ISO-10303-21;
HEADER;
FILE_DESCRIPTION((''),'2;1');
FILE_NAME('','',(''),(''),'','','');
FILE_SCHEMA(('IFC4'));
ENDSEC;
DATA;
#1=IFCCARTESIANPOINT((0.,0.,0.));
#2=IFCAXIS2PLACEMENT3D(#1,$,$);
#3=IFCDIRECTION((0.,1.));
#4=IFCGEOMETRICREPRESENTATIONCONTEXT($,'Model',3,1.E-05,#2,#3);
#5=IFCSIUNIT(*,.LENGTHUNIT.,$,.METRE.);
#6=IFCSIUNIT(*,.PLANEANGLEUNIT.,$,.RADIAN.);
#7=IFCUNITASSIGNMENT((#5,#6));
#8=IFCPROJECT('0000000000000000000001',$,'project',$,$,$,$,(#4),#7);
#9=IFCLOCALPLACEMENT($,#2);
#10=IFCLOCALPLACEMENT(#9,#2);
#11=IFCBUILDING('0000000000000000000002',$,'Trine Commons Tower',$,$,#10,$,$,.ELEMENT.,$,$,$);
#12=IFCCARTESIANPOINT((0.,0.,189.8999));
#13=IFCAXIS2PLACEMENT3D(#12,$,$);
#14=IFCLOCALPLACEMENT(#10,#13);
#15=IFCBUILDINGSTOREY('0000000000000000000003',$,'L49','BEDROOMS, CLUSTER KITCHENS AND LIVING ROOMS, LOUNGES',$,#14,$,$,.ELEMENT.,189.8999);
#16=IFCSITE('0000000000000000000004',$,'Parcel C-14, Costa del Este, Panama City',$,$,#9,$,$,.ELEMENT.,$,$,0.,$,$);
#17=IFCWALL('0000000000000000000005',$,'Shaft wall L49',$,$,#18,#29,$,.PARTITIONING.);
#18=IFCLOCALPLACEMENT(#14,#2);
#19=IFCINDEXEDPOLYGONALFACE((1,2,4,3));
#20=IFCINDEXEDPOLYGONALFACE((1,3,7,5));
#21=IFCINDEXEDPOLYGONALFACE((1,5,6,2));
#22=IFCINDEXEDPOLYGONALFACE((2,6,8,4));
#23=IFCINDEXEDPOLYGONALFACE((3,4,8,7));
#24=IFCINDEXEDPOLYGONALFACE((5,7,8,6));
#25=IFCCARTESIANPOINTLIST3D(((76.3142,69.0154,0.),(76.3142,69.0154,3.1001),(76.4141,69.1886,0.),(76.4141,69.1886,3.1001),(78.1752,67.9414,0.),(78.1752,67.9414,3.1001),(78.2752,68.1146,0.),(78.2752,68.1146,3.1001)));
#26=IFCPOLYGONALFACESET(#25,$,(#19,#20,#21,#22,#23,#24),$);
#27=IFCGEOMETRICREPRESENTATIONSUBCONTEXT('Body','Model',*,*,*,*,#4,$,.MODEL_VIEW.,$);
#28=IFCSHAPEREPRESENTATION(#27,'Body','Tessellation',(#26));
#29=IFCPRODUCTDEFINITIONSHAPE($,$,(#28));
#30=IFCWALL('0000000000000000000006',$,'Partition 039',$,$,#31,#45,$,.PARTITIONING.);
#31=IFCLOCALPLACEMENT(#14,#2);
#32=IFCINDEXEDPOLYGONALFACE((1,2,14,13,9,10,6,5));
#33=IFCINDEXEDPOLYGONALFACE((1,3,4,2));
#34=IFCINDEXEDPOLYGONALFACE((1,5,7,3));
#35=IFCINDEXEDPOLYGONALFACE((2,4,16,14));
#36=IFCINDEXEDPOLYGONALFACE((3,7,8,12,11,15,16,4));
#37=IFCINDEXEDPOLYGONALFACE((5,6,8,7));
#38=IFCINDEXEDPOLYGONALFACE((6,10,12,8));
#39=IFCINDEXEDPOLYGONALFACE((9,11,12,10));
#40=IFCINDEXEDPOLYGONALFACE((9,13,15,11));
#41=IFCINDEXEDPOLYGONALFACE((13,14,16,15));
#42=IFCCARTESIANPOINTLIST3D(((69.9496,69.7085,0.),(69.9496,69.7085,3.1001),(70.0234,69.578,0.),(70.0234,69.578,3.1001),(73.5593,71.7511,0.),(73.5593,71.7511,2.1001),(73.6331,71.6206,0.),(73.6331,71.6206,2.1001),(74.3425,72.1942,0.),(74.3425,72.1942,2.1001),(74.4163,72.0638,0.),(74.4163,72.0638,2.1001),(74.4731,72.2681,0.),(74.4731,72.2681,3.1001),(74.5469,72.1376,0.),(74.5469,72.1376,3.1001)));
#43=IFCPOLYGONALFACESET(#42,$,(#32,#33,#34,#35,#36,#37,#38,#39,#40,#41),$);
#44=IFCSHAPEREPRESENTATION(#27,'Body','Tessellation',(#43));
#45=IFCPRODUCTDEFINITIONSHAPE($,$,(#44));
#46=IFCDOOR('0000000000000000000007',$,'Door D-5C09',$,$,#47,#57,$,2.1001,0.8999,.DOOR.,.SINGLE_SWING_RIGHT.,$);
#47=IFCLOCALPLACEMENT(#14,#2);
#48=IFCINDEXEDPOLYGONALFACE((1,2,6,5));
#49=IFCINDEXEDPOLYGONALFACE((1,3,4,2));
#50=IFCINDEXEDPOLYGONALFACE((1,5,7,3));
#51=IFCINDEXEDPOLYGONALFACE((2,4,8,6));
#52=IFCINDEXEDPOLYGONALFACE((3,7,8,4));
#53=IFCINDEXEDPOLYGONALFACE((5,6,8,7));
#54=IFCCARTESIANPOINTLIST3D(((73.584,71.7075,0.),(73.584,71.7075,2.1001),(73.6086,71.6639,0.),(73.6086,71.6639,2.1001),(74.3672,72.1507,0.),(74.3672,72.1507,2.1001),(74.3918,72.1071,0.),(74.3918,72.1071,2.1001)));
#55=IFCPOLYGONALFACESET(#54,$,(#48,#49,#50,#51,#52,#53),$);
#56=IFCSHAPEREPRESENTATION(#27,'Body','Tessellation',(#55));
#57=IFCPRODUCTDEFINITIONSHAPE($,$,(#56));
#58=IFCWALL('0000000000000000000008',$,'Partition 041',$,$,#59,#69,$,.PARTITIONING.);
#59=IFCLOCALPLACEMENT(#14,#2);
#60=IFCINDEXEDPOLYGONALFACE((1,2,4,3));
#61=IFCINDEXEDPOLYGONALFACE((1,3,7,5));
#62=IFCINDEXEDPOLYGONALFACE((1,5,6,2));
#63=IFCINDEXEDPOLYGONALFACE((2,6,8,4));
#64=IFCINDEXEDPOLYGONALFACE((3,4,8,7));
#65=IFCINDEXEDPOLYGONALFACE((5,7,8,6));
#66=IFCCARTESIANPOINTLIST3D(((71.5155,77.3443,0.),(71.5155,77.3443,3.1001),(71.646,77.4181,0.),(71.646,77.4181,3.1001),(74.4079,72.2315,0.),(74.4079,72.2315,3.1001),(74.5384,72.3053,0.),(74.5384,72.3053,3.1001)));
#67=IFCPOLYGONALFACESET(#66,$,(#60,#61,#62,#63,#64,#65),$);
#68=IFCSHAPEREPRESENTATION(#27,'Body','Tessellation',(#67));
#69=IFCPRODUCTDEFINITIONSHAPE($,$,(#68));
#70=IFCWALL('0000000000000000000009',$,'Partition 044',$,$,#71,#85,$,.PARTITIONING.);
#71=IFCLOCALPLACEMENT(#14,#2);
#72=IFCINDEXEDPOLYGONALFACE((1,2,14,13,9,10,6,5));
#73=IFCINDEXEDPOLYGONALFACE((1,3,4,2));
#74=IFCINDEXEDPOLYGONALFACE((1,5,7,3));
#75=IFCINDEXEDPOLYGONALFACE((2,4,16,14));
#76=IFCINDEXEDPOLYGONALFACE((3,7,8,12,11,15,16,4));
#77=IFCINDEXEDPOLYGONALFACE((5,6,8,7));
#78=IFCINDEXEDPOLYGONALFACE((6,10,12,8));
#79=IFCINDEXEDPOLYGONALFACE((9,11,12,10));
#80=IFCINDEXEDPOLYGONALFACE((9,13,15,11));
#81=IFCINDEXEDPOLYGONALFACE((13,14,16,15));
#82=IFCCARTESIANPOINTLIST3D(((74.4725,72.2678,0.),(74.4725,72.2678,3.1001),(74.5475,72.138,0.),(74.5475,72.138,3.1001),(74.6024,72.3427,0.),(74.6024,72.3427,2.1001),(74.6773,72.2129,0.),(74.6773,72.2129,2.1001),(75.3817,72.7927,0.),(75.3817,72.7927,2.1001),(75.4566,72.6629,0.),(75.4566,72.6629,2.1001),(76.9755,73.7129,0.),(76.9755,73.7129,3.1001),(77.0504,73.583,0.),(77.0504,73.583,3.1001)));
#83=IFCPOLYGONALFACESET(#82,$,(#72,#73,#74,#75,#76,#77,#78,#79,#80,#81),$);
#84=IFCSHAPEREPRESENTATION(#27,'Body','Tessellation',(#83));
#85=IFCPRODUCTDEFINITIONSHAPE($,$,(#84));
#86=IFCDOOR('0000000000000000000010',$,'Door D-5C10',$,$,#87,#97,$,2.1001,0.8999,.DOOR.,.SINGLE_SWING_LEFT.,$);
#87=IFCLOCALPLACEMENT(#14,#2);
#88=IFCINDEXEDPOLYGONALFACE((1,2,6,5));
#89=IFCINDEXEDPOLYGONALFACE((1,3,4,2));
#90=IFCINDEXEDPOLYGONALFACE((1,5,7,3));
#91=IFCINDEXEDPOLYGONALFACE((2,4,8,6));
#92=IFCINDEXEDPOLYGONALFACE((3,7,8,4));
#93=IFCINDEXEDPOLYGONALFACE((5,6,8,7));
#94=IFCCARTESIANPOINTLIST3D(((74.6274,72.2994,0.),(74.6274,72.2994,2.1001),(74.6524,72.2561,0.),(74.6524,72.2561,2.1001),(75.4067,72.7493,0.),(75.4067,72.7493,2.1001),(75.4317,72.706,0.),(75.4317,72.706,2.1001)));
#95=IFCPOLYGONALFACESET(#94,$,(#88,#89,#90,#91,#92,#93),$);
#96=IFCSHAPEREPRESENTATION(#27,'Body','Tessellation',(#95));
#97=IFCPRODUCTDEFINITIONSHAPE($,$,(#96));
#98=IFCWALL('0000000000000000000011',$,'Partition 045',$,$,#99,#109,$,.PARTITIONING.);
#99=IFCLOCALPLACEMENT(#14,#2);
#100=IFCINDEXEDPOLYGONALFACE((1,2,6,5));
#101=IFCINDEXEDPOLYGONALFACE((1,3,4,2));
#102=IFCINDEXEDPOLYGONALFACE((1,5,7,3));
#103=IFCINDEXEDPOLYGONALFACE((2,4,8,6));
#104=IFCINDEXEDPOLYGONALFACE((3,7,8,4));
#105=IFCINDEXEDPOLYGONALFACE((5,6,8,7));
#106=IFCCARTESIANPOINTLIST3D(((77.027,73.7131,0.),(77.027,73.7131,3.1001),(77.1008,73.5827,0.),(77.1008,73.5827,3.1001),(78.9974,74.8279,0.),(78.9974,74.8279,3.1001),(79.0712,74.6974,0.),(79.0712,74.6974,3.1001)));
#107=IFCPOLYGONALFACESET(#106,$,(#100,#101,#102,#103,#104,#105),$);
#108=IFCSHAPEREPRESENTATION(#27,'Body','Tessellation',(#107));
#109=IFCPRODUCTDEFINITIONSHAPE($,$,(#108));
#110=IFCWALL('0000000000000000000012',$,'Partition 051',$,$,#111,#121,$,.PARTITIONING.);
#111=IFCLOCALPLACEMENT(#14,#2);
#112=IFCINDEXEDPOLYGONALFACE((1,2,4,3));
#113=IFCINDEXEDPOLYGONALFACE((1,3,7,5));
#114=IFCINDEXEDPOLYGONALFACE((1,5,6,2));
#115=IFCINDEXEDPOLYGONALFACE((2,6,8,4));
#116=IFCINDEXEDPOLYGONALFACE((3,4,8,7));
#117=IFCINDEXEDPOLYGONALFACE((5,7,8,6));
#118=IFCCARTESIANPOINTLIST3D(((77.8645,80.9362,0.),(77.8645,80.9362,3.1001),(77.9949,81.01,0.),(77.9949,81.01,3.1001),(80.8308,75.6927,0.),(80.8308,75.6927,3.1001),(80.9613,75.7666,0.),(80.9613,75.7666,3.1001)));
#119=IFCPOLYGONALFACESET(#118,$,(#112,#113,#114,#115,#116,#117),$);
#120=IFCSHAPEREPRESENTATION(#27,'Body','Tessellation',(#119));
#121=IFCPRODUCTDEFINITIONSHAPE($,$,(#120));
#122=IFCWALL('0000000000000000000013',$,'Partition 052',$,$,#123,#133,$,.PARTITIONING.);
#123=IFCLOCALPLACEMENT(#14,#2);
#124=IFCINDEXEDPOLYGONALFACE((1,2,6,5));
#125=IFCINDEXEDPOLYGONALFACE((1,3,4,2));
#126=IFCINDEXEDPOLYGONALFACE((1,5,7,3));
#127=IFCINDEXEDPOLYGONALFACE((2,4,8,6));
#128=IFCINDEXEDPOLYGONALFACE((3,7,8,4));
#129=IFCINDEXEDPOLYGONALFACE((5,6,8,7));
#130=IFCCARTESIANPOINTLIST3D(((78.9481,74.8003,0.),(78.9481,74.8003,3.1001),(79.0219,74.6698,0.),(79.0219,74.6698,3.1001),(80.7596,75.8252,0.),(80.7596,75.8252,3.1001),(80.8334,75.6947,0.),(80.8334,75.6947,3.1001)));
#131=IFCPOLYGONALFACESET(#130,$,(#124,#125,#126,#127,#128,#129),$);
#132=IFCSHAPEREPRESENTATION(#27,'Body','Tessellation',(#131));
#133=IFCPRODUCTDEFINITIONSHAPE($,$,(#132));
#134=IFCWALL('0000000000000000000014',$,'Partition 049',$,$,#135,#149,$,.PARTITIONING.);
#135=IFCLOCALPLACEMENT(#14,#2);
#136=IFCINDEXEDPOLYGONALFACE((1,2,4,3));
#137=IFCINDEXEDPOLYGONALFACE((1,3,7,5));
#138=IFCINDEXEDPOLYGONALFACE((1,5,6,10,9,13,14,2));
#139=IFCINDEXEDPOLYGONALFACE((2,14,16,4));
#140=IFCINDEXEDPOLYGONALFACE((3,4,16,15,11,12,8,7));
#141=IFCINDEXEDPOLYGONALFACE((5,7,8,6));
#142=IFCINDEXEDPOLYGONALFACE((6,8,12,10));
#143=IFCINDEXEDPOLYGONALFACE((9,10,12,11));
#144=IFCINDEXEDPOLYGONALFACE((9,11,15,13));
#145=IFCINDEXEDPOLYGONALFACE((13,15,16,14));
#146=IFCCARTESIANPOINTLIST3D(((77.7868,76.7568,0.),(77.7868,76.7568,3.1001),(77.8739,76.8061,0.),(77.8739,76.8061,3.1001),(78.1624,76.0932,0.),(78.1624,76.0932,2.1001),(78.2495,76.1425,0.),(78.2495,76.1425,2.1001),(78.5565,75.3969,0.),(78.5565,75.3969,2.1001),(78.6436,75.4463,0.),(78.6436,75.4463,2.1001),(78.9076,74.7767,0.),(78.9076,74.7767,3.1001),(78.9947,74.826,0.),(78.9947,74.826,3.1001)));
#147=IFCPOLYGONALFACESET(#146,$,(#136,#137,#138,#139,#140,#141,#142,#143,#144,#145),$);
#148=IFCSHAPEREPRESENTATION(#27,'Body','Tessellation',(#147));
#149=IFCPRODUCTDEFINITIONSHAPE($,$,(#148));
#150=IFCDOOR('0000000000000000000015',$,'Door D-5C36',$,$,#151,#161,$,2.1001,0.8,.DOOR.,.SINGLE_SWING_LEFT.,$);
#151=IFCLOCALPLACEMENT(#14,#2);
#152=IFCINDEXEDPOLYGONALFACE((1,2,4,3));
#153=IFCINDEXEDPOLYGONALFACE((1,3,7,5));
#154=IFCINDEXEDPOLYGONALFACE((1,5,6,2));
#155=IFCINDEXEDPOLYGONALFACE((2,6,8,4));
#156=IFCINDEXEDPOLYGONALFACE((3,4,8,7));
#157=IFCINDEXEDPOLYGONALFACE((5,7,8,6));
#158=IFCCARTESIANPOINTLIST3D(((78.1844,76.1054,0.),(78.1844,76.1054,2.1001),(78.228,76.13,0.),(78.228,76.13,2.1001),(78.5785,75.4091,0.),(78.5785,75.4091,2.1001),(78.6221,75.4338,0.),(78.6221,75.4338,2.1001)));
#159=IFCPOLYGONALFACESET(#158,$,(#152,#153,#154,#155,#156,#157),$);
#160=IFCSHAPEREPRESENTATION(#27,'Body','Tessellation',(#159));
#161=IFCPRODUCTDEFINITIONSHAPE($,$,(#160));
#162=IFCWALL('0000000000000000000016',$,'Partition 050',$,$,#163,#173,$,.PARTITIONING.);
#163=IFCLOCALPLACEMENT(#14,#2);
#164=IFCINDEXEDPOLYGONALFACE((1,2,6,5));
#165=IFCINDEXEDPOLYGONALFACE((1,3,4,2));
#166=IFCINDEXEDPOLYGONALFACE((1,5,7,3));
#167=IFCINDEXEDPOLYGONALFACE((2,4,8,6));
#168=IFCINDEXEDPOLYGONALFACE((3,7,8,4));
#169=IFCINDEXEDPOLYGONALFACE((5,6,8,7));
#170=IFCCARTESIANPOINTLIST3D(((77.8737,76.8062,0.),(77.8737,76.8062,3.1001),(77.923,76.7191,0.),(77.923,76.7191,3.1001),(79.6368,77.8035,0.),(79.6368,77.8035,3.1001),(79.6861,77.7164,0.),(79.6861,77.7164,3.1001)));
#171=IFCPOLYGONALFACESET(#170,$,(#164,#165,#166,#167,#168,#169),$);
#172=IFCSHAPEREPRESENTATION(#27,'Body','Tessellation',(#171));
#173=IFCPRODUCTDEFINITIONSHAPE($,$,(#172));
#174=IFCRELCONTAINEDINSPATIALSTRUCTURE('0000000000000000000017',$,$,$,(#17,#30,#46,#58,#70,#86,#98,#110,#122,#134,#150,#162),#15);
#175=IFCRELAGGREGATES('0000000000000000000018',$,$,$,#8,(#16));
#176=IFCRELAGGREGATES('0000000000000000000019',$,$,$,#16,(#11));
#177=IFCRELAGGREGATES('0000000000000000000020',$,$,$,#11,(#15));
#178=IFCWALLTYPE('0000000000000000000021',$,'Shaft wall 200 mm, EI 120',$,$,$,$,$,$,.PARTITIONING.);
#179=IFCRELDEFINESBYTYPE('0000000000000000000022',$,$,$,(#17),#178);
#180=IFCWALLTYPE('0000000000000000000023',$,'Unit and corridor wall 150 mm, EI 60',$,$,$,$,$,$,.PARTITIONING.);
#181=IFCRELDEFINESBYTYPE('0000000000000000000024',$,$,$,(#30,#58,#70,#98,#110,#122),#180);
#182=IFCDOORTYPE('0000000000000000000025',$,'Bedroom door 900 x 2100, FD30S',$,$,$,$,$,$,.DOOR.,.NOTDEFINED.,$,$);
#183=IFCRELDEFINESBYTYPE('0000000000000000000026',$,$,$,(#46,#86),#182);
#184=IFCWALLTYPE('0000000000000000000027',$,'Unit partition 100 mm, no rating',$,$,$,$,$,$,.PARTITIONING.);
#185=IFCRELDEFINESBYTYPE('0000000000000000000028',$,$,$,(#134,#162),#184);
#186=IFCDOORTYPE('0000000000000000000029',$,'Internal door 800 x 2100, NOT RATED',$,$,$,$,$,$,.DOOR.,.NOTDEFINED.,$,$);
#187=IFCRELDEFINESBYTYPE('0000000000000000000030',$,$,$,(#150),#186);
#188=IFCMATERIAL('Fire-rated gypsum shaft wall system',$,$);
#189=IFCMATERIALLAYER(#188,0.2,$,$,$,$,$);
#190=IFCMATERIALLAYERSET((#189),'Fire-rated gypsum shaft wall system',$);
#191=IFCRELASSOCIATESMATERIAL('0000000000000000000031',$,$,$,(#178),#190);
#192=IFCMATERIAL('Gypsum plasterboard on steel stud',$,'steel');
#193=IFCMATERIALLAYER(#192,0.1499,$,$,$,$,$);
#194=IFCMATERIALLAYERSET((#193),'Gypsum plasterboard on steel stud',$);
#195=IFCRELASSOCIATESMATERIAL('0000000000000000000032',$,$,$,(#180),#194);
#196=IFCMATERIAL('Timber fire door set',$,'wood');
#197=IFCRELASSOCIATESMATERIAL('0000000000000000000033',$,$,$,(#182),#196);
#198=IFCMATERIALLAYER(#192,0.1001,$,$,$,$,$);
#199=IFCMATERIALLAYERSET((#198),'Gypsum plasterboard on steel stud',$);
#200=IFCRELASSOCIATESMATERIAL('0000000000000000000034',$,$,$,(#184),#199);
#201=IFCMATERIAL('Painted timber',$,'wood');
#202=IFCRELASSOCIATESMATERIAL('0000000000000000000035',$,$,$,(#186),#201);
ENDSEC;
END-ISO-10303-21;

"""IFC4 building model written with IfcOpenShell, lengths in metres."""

from ifc_helpers import new_model, si_unit, direction, frame, frame_2d, origin, place, context, subcontext, project, spatial, rectangle, extrude, material, layer, layer_set, type_object, element, fill, save


model = new_model("IFC4")

# Units and contexts
model_context = context("Model", 3, precision=1e-05, world=origin(), true_north=direction((0.0, 1.0)))
body_context = subcontext(model_context, "Body", "Model", "MODEL_VIEW")
ifc_project = project(units=[si_unit("LENGTHUNIT", "METRE"), si_unit("PLANEANGLEUNIT", "RADIAN")], contexts=[model_context])

# Site, building, storey
site_placement = place(None, origin())
site = spatial("IfcSite", under=ifc_project, at=site_placement, Name="Parcel C-14, Costa del Este, Panama City", CompositionType="ELEMENT", RefElevation=0.0)
building_placement = place(site_placement, origin())
building = spatial("IfcBuilding", under=site, at=building_placement, Name="Trine Commons Tower", CompositionType="ELEMENT")
storey_placement = place(building_placement, frame((0.0, 0.0, 189.8999)))
storey = spatial("IfcBuildingStorey", under=building, at=storey_placement, Name="L49", Description="BEDROOMS, CLUSTER KITCHENS AND LIVING ROOMS, LOUNGES", CompositionType="ELEMENT", Elevation=189.8999)

# Wall
ifc_material_1 = material(Name="Fire-rated gypsum shaft wall system")
ifc_layer_1 = layer(ifc_material_1, 0.2)
ifc_layer_set_1 = layer_set([ifc_layer_1], Name="Fire-rated gypsum shaft wall system")
wall_type_1 = type_object("IfcWallType", Name="Shaft wall 200 mm, EI 120", PredefinedType="PARTITIONING", material=ifc_layer_set_1)
wall_1_placement = place(storey_placement, frame((78.2251, 68.0281, 0.0), z_axis=(0.0, 0.0, 1.0), x_axis=(-0.866131, 0.499818, 0.0)))
element("IfcWall", 1, at=wall_1_placement, inside=storey, type_object=wall_type_1, Name="Shaft wall L49", PredefinedType="PARTITIONING", context=body_context, shape_type="SweptSolid", body=[
    extrude(rectangle(XDim=2.1487, YDim=0.2, at=frame_2d((1.0742, 0.0))), origin(), (0.0, 0.0, 1.0), 3.1001),
])

# Wall, opening, door
ifc_material_2 = material(Name="Gypsum plasterboard on steel stud", Category="steel")
ifc_layer_2 = layer(ifc_material_2, 0.1499)
ifc_layer_set_2 = layer_set([ifc_layer_2], Name="Gypsum plasterboard on steel stud")
wall_type_2 = type_object("IfcWallType", Name="Unit and corridor wall 150 mm, EI 60", PredefinedType="PARTITIONING", material=ifc_layer_set_2)
wall_2_placement = place(storey_placement, frame((69.9866, 69.6433, 0.0), z_axis=(0.0, 0.0, 1.0), x_axis=(0.870328, 0.492472, 0.0)))
wall_2 = element("IfcWall", 2, at=wall_2_placement, inside=storey, type_object=wall_type_2, Name="Partition 039", PredefinedType="PARTITIONING", context=body_context, shape_type="SweptSolid", body=[
    extrude(rectangle(XDim=5.1975, YDim=0.1499, at=frame_2d((2.5986, 0.0))), origin(), (0.0, 0.0, 1.0), 3.1001),
])
opening_1_placement = place(wall_2_placement, frame((4.1475, 0.0, 0.0)))
opening_1 = element("IfcOpeningElement", 3, at=opening_1_placement, cuts=wall_2, PredefinedType="OPENING", context=body_context, shape_type="SweptSolid", body=[
    extrude(rectangle(XDim=0.8999, YDim=2.1001, at=frame_2d((0.45, 1.05))), frame((0.0, 0.085, 0.0), z_axis=(0.0, -1.0, 0.0), x_axis=(1.0, 0.0, 0.0)), (0.0, 0.0, 1.0), 0.1699),
])
ifc_material_3 = material(Name="Timber fire door set", Category="wood")
door_type_1 = type_object("IfcDoorType", Name="Bedroom door 900 x 2100, FD30S", OperationType="NOTDEFINED", PredefinedType="DOOR", material=ifc_material_3)
door_1_placement = place(opening_1_placement, origin())
door_1 = element("IfcDoor", 4, at=door_1_placement, inside=storey, type_object=door_type_1, Name="Door D-5C09", OperationType="SINGLE_SWING_RIGHT", OverallHeight=2.1001, OverallWidth=0.8999, PredefinedType="DOOR", context=body_context, shape_type="SweptSolid", body=[
    extrude(rectangle(XDim=0.8999, YDim=2.1001, at=frame_2d((0.45, 1.05))), frame((0.0, 0.0249, 0.0), z_axis=(0.0, -1.0, 0.0), x_axis=(1.0, 0.0, 0.0)), (0.0, 0.0, 1.0), 0.05),
])
fill(opening_1, door_1)

# Wall
wall_3_placement = place(storey_placement, frame((71.5808, 77.3811, 0.0), z_axis=(0.0, 0.0, 1.0), x_axis=(0.492379, -0.870381, 0.0)))
element("IfcWall", 5, at=wall_3_placement, inside=storey, type_object=wall_type_2, Name="Partition 041", PredefinedType="PARTITIONING", context=body_context, shape_type="SweptSolid", body=[
    extrude(rectangle(XDim=5.8743, YDim=0.1499, at=frame_2d((2.937, 0.0))), origin(), (0.0, 0.0, 1.0), 3.1001),
])

# Wall, opening, door
wall_4_placement = place(storey_placement, frame((74.51, 72.2029, 0.0), z_axis=(0.0, 0.0, 1.0), x_axis=(0.866025, 0.5, 0.0)))
wall_4 = element("IfcWall", 6, at=wall_4_placement, inside=storey, type_object=wall_type_2, Name="Partition 044", PredefinedType="PARTITIONING", context=body_context, shape_type="SweptSolid", body=[
    extrude(rectangle(XDim=2.8901, YDim=0.1499, at=frame_2d((1.4451, 0.0))), origin(), (0.0, 0.0, 1.0), 3.1001),
])
opening_2_placement = place(wall_4_placement, frame((0.1499, 0.0, 0.0)))
opening_2 = element("IfcOpeningElement", 7, at=opening_2_placement, cuts=wall_4, PredefinedType="OPENING", context=body_context, shape_type="SweptSolid", body=[
    extrude(rectangle(XDim=0.8999, YDim=2.1001, at=frame_2d((0.45, 1.05))), frame((0.0, 0.085, 0.0), z_axis=(0.0, -1.0, 0.0), x_axis=(1.0, 0.0, 0.0)), (0.0, 0.0, 1.0), 0.1699),
])
door_2_placement = place(opening_2_placement, origin())
door_2 = element("IfcDoor", 8, at=door_2_placement, inside=storey, type_object=door_type_1, Name="Door D-5C10", OperationType="SINGLE_SWING_LEFT", OverallHeight=2.1001, OverallWidth=0.8999, PredefinedType="DOOR", context=body_context, shape_type="SweptSolid", body=[
    extrude(rectangle(XDim=0.8999, YDim=2.1001, at=frame_2d((0.45, 1.05))), frame((0.0, 0.0249, 0.0), z_axis=(0.0, -1.0, 0.0), x_axis=(1.0, 0.0, 0.0)), (0.0, 0.0, 1.0), 0.05),
])
fill(opening_2, door_2)

# Walls
wall_5_placement = place(storey_placement, frame((77.064, 73.6479, 0.0), z_axis=(0.0, 0.0, 1.0), x_axis=(0.870372, 0.492395, 0.0)))
element("IfcWall", 9, at=wall_5_placement, inside=storey, type_object=wall_type_2, Name="Partition 045", PredefinedType="PARTITIONING", context=body_context, shape_type="SweptSolid", body=[
    extrude(rectangle(XDim=2.2639, YDim=0.1499, at=frame_2d((1.1318, 0.0))), origin(), (0.0, 0.0, 1.0), 3.1001),
])
wall_6_placement = place(storey_placement, frame((77.9297, 80.9731, 0.0), z_axis=(0.0, 0.0, 1.0), x_axis=(0.49239, -0.870375, 0.0)))
element("IfcWall", 10, at=wall_6_placement, inside=storey, type_object=wall_type_2, Name="Partition 051", PredefinedType="PARTITIONING", context=body_context, shape_type="SweptSolid", body=[
    extrude(rectangle(XDim=6.0244, YDim=0.1499, at=frame_2d((3.0122, 0.0))), origin(), (0.0, 0.0, 1.0), 3.1001),
])
wall_7_placement = place(storey_placement, frame((78.9851, 74.7351, 0.0), z_axis=(0.0, 0.0, 1.0), x_axis=(0.870357, 0.492421, 0.0)))
element("IfcWall", 11, at=wall_7_placement, inside=storey, type_object=wall_type_2, Name="Partition 052", PredefinedType="PARTITIONING", context=body_context, shape_type="SweptSolid", body=[
    extrude(rectangle(XDim=2.0813, YDim=0.1499, at=frame_2d((1.0405, 0.0))), origin(), (0.0, 0.0, 1.0), 3.1001),
])

# Wall, opening, door
ifc_layer_3 = layer(ifc_material_2, 0.1001)
ifc_layer_set_3 = layer_set([ifc_layer_3], Name="Gypsum plasterboard on steel stud")
wall_type_3 = type_object("IfcWallType", Name="Unit partition 100 mm, no rating", PredefinedType="PARTITIONING", material=ifc_layer_set_3)
wall_8_placement = place(storey_placement, frame((77.8303, 76.7815, 0.0), z_axis=(0.0, 0.0, 1.0), x_axis=(0.492587, -0.870263, 0.0)))
wall_8 = element("IfcWall", 12, at=wall_8_placement, inside=storey, type_object=wall_type_3, Name="Partition 049", PredefinedType="PARTITIONING", context=body_context, shape_type="SweptSolid", body=[
    extrude(rectangle(XDim=2.2754, YDim=0.1001, at=frame_2d((1.1377, 0.0))), origin(), (0.0, 0.0, 1.0), 3.1001),
])
opening_3_placement = place(wall_8_placement, frame((0.7627, 0.0, 0.0)))
opening_3 = element("IfcOpeningElement", 13, at=opening_3_placement, cuts=wall_8, PredefinedType="OPENING", context=body_context, shape_type="SweptSolid", body=[
    extrude(rectangle(XDim=0.8, YDim=2.1001, at=frame_2d((0.3999, 1.05))), frame((0.0, 0.0601, 0.0), z_axis=(0.0, -1.0, 0.0), x_axis=(1.0, 0.0, 0.0)), (0.0, 0.0, 1.0), 0.1201),
])
ifc_material_4 = material(Name="Painted timber", Category="wood")
door_type_2 = type_object("IfcDoorType", Name="Internal door 800 x 2100, NOT RATED", OperationType="NOTDEFINED", PredefinedType="DOOR", material=ifc_material_4)
door_3_placement = place(opening_3_placement, frame((0.8, 0.0, 0.0), z_axis=(0.0, 0.0, 1.0), x_axis=(-1.0, 0.0, 0.0)))
door_3 = element("IfcDoor", 14, at=door_3_placement, inside=storey, type_object=door_type_2, Name="Door D-5C36", OperationType="SINGLE_SWING_LEFT", OverallHeight=2.1001, OverallWidth=0.8, PredefinedType="DOOR", context=body_context, shape_type="SweptSolid", body=[
    extrude(rectangle(XDim=0.8, YDim=2.1001, at=frame_2d((0.3999, 1.05))), frame((0.0, 0.0249, 0.0), z_axis=(0.0, -1.0, 0.0), x_axis=(1.0, 0.0, 0.0)), (0.0, 0.0, 1.0), 0.05),
])
fill(opening_3, door_3)

# Wall
wall_9_placement = place(storey_placement, frame((77.8984, 76.7627, 0.0), z_axis=(0.0, 0.0, 1.0), x_axis=(0.870408, 0.492331, 0.0)))
element("IfcWall", 15, at=wall_9_placement, inside=storey, type_object=wall_type_3, Name="Partition 050", PredefinedType="PARTITIONING", context=body_context, shape_type="SweptSolid", body=[
    extrude(rectangle(XDim=2.0256, YDim=0.1001, at=frame_2d((1.0127, 0.0))), origin(), (0.0, 0.0, 1.0), 3.1001),
])

save(model, "model.ifc")
